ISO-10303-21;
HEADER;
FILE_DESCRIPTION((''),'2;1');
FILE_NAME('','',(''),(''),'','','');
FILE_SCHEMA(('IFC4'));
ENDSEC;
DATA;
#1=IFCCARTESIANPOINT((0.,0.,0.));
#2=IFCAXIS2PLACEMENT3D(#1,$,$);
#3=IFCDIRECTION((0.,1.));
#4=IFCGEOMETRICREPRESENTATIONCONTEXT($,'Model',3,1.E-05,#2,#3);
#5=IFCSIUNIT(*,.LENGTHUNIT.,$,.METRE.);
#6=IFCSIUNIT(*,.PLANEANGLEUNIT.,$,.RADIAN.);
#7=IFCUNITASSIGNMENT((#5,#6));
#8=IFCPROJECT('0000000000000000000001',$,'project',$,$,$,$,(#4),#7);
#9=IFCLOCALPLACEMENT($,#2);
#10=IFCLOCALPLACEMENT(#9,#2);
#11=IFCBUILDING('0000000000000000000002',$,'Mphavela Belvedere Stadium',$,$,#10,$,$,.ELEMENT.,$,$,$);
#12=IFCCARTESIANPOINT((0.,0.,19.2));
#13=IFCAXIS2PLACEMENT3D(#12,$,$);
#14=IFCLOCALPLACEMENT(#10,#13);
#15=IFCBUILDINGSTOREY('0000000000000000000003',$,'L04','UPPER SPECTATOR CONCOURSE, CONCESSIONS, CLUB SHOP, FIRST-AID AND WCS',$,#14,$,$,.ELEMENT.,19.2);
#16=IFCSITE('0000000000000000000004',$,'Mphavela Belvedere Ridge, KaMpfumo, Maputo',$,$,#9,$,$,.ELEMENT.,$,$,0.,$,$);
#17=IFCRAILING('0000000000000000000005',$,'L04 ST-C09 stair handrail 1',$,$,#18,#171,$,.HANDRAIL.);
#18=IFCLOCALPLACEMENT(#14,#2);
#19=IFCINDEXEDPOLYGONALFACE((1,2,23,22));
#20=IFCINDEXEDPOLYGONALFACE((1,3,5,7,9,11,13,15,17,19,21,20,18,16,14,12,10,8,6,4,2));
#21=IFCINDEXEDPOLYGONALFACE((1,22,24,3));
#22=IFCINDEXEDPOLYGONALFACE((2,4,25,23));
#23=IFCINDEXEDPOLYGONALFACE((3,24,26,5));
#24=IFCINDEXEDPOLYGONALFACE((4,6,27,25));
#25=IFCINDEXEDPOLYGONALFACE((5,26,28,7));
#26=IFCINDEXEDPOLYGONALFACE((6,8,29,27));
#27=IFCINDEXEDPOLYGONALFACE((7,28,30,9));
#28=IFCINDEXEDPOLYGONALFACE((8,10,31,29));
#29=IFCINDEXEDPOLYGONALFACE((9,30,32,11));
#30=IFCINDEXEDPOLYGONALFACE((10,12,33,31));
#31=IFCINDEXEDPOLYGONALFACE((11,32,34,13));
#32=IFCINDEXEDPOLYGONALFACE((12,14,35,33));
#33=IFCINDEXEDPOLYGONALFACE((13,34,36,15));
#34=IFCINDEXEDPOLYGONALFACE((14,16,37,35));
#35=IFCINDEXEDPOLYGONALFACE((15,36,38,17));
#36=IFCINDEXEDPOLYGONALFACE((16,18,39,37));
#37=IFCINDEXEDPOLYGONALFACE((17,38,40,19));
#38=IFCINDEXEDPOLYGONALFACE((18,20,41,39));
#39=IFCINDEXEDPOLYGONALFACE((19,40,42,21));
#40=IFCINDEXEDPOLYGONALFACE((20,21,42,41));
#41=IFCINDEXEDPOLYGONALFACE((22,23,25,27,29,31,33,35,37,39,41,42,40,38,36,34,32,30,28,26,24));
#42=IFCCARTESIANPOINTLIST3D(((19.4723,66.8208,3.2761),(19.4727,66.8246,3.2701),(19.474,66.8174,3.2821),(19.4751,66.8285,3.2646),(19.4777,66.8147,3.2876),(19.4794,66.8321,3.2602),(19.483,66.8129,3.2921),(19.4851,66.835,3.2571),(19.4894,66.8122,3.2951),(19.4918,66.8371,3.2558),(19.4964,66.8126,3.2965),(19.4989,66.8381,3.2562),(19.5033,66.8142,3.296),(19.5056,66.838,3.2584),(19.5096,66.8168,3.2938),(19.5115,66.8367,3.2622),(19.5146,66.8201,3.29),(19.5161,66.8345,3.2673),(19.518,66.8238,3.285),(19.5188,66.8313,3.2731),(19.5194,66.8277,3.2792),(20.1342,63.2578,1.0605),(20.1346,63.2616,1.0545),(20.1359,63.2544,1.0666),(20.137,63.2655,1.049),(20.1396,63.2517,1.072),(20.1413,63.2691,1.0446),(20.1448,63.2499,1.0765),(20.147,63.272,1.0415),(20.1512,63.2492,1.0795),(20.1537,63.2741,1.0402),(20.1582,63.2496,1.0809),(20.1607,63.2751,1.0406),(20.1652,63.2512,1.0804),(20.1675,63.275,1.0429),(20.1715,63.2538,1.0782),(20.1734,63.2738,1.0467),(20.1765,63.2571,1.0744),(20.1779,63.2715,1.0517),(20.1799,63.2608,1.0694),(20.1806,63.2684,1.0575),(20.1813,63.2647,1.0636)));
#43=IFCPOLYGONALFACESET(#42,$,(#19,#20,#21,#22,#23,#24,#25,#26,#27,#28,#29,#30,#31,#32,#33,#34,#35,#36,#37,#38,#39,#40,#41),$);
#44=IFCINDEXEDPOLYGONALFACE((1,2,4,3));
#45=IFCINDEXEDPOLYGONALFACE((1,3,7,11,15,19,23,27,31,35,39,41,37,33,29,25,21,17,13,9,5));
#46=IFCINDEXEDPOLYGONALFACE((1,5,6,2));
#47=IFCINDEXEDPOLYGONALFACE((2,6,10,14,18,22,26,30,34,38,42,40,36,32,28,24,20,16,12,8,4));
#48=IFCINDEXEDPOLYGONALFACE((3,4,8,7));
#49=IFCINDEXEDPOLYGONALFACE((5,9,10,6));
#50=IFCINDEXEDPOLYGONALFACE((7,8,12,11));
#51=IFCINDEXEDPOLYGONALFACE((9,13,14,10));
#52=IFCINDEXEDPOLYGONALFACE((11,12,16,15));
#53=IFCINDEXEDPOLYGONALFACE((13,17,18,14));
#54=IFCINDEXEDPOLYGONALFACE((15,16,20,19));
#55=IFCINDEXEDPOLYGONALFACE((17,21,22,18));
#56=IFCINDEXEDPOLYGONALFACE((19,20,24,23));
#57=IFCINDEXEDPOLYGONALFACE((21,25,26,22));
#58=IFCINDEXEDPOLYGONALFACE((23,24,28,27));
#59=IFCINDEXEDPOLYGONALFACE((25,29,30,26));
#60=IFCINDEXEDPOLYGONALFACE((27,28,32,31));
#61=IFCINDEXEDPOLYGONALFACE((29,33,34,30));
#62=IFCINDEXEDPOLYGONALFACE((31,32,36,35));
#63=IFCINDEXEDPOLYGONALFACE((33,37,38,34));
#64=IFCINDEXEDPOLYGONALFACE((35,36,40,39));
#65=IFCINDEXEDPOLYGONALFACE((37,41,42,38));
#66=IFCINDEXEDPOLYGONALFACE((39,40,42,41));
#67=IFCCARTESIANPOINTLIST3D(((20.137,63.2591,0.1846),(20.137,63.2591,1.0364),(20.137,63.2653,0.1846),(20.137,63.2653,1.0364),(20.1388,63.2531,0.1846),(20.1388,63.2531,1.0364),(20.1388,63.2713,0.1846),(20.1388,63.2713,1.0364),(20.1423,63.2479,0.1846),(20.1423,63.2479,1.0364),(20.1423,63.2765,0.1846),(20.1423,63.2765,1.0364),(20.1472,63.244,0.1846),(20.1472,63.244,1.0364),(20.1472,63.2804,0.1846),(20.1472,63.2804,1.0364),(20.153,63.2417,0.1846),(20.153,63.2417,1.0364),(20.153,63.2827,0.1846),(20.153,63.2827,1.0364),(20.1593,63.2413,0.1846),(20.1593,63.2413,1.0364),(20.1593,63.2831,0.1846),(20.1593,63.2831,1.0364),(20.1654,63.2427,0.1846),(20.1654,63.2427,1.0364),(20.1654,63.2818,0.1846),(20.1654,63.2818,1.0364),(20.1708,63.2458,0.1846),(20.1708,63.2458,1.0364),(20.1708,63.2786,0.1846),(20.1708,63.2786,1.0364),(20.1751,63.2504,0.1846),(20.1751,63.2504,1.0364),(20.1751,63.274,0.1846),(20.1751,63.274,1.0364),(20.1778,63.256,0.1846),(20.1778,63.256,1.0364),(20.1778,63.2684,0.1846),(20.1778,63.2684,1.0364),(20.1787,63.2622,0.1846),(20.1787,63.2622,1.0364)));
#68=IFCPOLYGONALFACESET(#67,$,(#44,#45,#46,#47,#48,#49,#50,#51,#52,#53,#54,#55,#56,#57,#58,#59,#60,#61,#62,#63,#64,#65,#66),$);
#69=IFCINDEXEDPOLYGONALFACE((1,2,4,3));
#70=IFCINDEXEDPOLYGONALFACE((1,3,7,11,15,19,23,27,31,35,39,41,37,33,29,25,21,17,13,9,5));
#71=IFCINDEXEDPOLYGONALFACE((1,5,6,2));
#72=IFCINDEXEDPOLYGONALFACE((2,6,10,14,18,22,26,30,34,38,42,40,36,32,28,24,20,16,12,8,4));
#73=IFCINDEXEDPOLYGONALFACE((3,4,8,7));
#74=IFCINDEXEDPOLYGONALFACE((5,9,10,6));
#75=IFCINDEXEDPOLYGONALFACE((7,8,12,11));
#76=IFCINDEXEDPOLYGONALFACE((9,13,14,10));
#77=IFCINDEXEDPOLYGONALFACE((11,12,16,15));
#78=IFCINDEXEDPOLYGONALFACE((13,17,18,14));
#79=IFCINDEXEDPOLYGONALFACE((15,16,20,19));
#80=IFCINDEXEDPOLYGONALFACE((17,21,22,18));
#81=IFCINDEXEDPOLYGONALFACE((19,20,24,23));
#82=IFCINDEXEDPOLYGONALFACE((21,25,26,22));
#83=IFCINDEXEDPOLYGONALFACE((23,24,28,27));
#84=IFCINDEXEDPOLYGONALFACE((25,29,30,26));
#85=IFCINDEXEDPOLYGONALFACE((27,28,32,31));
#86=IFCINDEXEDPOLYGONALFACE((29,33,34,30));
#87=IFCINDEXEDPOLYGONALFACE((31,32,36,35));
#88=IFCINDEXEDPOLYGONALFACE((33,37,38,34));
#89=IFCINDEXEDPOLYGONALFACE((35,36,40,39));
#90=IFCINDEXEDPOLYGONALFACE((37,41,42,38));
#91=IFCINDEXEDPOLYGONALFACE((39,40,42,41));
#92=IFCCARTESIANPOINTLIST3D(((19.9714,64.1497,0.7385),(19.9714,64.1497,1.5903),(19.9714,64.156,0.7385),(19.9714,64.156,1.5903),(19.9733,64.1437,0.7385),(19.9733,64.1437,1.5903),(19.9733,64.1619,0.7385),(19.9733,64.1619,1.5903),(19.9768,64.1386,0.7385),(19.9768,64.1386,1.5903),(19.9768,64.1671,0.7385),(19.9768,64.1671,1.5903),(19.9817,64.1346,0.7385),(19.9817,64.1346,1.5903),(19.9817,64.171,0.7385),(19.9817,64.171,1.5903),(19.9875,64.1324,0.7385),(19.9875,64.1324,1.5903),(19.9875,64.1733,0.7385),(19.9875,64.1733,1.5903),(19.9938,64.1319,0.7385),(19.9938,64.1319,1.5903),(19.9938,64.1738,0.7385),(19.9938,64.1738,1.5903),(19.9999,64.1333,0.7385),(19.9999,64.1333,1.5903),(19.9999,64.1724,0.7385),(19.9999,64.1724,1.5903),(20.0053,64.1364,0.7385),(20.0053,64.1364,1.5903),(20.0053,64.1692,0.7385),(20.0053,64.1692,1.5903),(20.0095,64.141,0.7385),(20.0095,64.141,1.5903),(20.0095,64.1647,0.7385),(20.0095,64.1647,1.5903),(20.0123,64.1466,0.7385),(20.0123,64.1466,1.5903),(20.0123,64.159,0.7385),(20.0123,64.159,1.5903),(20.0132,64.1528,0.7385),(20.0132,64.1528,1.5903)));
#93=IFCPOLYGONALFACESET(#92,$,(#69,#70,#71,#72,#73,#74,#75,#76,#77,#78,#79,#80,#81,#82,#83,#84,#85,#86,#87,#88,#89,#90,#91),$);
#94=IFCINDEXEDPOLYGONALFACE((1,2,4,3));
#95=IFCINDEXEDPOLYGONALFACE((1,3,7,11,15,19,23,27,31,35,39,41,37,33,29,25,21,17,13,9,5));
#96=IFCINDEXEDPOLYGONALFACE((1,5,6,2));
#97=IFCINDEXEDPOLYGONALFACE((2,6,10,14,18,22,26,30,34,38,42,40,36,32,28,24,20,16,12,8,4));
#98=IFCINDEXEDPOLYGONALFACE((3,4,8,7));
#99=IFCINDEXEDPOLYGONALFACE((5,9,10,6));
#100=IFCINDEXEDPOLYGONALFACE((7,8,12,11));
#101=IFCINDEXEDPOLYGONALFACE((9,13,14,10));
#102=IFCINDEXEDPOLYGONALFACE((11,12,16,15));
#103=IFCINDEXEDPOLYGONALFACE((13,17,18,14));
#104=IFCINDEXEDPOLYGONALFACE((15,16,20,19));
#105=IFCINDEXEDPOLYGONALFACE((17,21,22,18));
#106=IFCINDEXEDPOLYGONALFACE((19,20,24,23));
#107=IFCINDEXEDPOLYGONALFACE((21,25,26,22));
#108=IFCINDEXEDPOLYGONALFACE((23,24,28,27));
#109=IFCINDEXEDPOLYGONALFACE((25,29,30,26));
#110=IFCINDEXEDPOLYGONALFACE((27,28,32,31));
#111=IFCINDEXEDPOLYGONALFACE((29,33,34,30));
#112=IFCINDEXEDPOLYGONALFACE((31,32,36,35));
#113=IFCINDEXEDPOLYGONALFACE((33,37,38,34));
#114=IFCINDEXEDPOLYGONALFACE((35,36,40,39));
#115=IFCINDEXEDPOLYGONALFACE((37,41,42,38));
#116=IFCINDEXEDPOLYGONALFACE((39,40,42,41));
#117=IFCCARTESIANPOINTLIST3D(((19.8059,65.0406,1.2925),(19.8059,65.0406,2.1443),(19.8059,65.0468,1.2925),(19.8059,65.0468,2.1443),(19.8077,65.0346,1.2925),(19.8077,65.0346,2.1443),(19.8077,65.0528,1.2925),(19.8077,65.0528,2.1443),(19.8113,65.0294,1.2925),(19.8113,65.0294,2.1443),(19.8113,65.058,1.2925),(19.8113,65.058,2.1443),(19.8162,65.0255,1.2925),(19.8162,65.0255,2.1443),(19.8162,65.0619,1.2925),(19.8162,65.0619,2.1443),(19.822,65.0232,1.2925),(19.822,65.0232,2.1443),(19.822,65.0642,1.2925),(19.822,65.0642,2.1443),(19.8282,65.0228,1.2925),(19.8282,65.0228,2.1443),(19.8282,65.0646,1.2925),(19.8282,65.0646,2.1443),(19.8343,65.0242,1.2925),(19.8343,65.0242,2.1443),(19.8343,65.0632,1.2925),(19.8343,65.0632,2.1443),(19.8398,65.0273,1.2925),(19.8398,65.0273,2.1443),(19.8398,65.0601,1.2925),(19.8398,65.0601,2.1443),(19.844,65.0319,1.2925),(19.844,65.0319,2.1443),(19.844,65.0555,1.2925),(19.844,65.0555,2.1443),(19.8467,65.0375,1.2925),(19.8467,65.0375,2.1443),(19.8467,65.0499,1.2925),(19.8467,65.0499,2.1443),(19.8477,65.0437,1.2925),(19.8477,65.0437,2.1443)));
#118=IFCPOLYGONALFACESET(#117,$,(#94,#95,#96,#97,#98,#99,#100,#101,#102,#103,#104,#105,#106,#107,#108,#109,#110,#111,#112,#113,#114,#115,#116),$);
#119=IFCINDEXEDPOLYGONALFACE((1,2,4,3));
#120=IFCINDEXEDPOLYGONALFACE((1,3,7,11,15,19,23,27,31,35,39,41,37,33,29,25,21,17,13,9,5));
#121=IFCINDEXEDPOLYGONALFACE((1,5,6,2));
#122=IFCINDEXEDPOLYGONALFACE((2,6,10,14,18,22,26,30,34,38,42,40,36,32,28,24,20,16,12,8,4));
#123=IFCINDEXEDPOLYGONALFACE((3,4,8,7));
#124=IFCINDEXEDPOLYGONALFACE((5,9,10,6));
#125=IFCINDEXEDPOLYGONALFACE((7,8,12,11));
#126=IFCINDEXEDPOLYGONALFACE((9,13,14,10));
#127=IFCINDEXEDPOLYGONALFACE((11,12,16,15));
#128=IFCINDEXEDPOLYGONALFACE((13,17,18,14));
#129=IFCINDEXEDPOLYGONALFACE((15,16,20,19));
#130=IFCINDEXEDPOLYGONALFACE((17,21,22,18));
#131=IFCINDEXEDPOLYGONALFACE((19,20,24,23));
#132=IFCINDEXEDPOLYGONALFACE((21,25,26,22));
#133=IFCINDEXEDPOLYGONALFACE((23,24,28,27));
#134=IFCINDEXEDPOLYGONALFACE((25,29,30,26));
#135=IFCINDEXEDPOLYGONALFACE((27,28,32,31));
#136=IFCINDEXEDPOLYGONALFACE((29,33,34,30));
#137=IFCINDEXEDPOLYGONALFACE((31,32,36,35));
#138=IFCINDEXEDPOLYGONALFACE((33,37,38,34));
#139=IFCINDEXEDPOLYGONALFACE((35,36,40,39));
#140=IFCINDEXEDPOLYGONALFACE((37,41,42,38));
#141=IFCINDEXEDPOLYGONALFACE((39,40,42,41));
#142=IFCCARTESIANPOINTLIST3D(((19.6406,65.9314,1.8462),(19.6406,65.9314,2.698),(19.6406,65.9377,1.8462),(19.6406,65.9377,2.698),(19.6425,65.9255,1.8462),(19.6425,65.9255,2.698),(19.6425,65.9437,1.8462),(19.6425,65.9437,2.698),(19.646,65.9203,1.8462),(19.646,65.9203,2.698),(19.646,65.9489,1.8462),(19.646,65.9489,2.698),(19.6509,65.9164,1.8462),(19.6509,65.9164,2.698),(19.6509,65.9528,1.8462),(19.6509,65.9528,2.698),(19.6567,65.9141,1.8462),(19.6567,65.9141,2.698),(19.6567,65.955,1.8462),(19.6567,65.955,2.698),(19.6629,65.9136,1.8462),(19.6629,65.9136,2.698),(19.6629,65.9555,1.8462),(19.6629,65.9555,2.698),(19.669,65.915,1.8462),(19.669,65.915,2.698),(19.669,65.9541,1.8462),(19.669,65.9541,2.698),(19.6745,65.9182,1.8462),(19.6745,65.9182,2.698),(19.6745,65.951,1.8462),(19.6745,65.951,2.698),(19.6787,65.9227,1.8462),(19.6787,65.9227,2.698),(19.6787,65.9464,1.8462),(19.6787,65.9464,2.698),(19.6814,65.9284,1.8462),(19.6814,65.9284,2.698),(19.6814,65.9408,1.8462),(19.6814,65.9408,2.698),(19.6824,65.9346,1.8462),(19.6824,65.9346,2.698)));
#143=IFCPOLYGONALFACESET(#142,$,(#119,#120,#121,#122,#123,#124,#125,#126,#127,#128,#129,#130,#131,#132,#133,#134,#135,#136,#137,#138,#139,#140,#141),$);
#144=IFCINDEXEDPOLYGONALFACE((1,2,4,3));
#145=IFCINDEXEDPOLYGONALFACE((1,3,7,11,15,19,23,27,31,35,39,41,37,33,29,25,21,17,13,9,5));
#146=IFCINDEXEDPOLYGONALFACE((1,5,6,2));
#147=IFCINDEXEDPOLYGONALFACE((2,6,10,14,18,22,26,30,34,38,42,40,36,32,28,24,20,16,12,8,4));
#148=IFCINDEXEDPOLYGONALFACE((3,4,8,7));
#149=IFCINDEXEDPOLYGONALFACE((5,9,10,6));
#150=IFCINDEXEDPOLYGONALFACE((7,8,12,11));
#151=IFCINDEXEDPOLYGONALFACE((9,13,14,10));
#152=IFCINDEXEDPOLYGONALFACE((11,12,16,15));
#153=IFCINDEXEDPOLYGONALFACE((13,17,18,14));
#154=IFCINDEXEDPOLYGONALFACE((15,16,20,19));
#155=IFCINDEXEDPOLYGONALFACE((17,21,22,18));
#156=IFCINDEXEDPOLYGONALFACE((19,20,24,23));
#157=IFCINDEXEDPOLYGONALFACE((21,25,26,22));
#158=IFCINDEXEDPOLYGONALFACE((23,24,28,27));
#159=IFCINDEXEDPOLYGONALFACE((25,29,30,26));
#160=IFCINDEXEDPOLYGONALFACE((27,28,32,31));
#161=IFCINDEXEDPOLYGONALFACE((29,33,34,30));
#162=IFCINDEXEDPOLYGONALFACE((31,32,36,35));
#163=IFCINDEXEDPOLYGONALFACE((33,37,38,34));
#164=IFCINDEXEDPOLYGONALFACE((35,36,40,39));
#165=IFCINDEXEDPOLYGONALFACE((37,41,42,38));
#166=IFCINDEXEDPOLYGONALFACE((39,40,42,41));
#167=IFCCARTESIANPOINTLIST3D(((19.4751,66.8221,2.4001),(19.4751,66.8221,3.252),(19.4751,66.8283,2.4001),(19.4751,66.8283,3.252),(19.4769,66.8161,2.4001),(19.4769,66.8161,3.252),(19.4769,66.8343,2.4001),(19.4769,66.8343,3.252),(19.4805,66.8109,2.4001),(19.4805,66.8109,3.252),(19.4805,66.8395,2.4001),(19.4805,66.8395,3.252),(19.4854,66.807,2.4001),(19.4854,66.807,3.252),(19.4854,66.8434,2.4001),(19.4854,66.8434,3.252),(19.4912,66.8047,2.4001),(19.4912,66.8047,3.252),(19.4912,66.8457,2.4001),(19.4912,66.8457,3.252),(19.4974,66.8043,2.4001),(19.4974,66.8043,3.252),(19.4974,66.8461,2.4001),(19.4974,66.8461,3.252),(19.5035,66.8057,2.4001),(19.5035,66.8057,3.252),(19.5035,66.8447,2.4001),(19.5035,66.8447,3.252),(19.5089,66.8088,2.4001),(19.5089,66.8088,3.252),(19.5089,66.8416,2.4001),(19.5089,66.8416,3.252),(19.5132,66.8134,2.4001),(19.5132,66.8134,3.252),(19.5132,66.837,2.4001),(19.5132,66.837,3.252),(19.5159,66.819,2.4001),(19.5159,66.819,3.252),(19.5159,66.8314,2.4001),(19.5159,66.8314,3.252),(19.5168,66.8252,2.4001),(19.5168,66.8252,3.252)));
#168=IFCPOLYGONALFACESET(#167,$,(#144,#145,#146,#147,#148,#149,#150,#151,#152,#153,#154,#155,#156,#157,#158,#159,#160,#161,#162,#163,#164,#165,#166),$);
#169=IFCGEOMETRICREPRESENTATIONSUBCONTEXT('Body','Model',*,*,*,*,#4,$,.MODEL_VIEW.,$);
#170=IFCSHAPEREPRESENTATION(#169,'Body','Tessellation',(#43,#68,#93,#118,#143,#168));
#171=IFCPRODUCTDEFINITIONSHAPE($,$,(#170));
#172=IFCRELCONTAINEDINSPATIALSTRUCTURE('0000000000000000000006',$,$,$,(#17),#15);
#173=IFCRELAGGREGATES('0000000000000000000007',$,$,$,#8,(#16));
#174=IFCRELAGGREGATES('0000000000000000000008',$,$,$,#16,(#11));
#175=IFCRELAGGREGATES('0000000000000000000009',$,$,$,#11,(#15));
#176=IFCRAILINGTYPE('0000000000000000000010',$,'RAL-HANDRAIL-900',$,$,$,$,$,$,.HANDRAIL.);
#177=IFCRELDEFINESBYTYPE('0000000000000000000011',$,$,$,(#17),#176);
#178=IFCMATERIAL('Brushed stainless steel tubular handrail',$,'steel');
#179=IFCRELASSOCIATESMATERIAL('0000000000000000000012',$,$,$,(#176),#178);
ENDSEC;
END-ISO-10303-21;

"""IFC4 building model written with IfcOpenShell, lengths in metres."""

from ifc_helpers import new_model, si_unit, direction, frame, origin, origin_2d, place, context, subcontext, project, spatial, circle, extrude, material, type_object, element, save


model = new_model("IFC4")

# Units and contexts
model_context = context("Model", 3, precision=1e-05, world=origin(), true_north=direction((0.0, 1.0)))
body_context = subcontext(model_context, "Body", "Model", "MODEL_VIEW")
ifc_project = project(units=[si_unit("LENGTHUNIT", "METRE"), si_unit("PLANEANGLEUNIT", "RADIAN")], contexts=[model_context])

# Site, building, storey
site_placement = place(None, origin())
site = spatial("IfcSite", under=ifc_project, at=site_placement, Name="Mphavela Belvedere Ridge, KaMpfumo, Maputo", CompositionType="ELEMENT", RefElevation=0.0)
building_placement = place(site_placement, origin())
building = spatial("IfcBuilding", under=site, at=building_placement, Name="Mphavela Belvedere Stadium", CompositionType="ELEMENT")
storey_placement = place(building_placement, frame((0.0, 0.0, 19.2)))
storey = spatial("IfcBuildingStorey", under=building, at=storey_placement, Name="L04", Description="UPPER SPECTATOR CONCOURSE, CONCESSIONS, CLUB SHOP, FIRST-AID AND WCS", CompositionType="ELEMENT", Elevation=19.2)

# Railing
ifc_material_1 = material(Name="Brushed stainless steel tubular handrail", Category="steel")
railing_type_1 = type_object("IfcRailingType", Name="RAL-HANDRAIL-900", PredefinedType="HANDRAIL", material=ifc_material_1)
railing_1_placement = place(storey_placement, frame((20.1577, 63.2622, 0.1846)))
element("IfcRailing", 1, at=railing_1_placement, inside=storey, type_object=railing_type_1, Name="L04 ST-C09 stair handrail 1", PredefinedType="HANDRAIL", context=body_context, shape_type="SweptSolid", body=[
    extrude(circle(Radius=0.0239, at=origin_2d()), frame((0.0, 0.0, 0.876), z_axis=(-0.155823, 0.838833, 0.521612), x_axis=(-0.98318, -0.182637, 0.0)), (0.0, 0.0, 1.0), 4.2476),
    extrude(circle(Radius=0.021, at=origin_2d()), origin(), (0.0, 0.0, 1.0), 0.8518),
    extrude(circle(Radius=0.021, at=origin_2d()), frame((-0.1655, 0.8906, 0.554)), (0.0, 0.0, 1.0), 0.8518),
    extrude(circle(Radius=0.021, at=origin_2d()), frame((-0.3311, 1.7815, 1.1079)), (0.0, 0.0, 1.0), 0.8518),
    extrude(circle(Radius=0.021, at=origin_2d()), frame((-0.4963, 2.6724, 1.6616)), (0.0, 0.0, 1.0), 0.8518),
    extrude(circle(Radius=0.021, at=origin_2d()), frame((-0.6619, 3.563, 2.2156)), (0.0, 0.0, 1.0), 0.8518),
])

save(model, "model.ifc")
